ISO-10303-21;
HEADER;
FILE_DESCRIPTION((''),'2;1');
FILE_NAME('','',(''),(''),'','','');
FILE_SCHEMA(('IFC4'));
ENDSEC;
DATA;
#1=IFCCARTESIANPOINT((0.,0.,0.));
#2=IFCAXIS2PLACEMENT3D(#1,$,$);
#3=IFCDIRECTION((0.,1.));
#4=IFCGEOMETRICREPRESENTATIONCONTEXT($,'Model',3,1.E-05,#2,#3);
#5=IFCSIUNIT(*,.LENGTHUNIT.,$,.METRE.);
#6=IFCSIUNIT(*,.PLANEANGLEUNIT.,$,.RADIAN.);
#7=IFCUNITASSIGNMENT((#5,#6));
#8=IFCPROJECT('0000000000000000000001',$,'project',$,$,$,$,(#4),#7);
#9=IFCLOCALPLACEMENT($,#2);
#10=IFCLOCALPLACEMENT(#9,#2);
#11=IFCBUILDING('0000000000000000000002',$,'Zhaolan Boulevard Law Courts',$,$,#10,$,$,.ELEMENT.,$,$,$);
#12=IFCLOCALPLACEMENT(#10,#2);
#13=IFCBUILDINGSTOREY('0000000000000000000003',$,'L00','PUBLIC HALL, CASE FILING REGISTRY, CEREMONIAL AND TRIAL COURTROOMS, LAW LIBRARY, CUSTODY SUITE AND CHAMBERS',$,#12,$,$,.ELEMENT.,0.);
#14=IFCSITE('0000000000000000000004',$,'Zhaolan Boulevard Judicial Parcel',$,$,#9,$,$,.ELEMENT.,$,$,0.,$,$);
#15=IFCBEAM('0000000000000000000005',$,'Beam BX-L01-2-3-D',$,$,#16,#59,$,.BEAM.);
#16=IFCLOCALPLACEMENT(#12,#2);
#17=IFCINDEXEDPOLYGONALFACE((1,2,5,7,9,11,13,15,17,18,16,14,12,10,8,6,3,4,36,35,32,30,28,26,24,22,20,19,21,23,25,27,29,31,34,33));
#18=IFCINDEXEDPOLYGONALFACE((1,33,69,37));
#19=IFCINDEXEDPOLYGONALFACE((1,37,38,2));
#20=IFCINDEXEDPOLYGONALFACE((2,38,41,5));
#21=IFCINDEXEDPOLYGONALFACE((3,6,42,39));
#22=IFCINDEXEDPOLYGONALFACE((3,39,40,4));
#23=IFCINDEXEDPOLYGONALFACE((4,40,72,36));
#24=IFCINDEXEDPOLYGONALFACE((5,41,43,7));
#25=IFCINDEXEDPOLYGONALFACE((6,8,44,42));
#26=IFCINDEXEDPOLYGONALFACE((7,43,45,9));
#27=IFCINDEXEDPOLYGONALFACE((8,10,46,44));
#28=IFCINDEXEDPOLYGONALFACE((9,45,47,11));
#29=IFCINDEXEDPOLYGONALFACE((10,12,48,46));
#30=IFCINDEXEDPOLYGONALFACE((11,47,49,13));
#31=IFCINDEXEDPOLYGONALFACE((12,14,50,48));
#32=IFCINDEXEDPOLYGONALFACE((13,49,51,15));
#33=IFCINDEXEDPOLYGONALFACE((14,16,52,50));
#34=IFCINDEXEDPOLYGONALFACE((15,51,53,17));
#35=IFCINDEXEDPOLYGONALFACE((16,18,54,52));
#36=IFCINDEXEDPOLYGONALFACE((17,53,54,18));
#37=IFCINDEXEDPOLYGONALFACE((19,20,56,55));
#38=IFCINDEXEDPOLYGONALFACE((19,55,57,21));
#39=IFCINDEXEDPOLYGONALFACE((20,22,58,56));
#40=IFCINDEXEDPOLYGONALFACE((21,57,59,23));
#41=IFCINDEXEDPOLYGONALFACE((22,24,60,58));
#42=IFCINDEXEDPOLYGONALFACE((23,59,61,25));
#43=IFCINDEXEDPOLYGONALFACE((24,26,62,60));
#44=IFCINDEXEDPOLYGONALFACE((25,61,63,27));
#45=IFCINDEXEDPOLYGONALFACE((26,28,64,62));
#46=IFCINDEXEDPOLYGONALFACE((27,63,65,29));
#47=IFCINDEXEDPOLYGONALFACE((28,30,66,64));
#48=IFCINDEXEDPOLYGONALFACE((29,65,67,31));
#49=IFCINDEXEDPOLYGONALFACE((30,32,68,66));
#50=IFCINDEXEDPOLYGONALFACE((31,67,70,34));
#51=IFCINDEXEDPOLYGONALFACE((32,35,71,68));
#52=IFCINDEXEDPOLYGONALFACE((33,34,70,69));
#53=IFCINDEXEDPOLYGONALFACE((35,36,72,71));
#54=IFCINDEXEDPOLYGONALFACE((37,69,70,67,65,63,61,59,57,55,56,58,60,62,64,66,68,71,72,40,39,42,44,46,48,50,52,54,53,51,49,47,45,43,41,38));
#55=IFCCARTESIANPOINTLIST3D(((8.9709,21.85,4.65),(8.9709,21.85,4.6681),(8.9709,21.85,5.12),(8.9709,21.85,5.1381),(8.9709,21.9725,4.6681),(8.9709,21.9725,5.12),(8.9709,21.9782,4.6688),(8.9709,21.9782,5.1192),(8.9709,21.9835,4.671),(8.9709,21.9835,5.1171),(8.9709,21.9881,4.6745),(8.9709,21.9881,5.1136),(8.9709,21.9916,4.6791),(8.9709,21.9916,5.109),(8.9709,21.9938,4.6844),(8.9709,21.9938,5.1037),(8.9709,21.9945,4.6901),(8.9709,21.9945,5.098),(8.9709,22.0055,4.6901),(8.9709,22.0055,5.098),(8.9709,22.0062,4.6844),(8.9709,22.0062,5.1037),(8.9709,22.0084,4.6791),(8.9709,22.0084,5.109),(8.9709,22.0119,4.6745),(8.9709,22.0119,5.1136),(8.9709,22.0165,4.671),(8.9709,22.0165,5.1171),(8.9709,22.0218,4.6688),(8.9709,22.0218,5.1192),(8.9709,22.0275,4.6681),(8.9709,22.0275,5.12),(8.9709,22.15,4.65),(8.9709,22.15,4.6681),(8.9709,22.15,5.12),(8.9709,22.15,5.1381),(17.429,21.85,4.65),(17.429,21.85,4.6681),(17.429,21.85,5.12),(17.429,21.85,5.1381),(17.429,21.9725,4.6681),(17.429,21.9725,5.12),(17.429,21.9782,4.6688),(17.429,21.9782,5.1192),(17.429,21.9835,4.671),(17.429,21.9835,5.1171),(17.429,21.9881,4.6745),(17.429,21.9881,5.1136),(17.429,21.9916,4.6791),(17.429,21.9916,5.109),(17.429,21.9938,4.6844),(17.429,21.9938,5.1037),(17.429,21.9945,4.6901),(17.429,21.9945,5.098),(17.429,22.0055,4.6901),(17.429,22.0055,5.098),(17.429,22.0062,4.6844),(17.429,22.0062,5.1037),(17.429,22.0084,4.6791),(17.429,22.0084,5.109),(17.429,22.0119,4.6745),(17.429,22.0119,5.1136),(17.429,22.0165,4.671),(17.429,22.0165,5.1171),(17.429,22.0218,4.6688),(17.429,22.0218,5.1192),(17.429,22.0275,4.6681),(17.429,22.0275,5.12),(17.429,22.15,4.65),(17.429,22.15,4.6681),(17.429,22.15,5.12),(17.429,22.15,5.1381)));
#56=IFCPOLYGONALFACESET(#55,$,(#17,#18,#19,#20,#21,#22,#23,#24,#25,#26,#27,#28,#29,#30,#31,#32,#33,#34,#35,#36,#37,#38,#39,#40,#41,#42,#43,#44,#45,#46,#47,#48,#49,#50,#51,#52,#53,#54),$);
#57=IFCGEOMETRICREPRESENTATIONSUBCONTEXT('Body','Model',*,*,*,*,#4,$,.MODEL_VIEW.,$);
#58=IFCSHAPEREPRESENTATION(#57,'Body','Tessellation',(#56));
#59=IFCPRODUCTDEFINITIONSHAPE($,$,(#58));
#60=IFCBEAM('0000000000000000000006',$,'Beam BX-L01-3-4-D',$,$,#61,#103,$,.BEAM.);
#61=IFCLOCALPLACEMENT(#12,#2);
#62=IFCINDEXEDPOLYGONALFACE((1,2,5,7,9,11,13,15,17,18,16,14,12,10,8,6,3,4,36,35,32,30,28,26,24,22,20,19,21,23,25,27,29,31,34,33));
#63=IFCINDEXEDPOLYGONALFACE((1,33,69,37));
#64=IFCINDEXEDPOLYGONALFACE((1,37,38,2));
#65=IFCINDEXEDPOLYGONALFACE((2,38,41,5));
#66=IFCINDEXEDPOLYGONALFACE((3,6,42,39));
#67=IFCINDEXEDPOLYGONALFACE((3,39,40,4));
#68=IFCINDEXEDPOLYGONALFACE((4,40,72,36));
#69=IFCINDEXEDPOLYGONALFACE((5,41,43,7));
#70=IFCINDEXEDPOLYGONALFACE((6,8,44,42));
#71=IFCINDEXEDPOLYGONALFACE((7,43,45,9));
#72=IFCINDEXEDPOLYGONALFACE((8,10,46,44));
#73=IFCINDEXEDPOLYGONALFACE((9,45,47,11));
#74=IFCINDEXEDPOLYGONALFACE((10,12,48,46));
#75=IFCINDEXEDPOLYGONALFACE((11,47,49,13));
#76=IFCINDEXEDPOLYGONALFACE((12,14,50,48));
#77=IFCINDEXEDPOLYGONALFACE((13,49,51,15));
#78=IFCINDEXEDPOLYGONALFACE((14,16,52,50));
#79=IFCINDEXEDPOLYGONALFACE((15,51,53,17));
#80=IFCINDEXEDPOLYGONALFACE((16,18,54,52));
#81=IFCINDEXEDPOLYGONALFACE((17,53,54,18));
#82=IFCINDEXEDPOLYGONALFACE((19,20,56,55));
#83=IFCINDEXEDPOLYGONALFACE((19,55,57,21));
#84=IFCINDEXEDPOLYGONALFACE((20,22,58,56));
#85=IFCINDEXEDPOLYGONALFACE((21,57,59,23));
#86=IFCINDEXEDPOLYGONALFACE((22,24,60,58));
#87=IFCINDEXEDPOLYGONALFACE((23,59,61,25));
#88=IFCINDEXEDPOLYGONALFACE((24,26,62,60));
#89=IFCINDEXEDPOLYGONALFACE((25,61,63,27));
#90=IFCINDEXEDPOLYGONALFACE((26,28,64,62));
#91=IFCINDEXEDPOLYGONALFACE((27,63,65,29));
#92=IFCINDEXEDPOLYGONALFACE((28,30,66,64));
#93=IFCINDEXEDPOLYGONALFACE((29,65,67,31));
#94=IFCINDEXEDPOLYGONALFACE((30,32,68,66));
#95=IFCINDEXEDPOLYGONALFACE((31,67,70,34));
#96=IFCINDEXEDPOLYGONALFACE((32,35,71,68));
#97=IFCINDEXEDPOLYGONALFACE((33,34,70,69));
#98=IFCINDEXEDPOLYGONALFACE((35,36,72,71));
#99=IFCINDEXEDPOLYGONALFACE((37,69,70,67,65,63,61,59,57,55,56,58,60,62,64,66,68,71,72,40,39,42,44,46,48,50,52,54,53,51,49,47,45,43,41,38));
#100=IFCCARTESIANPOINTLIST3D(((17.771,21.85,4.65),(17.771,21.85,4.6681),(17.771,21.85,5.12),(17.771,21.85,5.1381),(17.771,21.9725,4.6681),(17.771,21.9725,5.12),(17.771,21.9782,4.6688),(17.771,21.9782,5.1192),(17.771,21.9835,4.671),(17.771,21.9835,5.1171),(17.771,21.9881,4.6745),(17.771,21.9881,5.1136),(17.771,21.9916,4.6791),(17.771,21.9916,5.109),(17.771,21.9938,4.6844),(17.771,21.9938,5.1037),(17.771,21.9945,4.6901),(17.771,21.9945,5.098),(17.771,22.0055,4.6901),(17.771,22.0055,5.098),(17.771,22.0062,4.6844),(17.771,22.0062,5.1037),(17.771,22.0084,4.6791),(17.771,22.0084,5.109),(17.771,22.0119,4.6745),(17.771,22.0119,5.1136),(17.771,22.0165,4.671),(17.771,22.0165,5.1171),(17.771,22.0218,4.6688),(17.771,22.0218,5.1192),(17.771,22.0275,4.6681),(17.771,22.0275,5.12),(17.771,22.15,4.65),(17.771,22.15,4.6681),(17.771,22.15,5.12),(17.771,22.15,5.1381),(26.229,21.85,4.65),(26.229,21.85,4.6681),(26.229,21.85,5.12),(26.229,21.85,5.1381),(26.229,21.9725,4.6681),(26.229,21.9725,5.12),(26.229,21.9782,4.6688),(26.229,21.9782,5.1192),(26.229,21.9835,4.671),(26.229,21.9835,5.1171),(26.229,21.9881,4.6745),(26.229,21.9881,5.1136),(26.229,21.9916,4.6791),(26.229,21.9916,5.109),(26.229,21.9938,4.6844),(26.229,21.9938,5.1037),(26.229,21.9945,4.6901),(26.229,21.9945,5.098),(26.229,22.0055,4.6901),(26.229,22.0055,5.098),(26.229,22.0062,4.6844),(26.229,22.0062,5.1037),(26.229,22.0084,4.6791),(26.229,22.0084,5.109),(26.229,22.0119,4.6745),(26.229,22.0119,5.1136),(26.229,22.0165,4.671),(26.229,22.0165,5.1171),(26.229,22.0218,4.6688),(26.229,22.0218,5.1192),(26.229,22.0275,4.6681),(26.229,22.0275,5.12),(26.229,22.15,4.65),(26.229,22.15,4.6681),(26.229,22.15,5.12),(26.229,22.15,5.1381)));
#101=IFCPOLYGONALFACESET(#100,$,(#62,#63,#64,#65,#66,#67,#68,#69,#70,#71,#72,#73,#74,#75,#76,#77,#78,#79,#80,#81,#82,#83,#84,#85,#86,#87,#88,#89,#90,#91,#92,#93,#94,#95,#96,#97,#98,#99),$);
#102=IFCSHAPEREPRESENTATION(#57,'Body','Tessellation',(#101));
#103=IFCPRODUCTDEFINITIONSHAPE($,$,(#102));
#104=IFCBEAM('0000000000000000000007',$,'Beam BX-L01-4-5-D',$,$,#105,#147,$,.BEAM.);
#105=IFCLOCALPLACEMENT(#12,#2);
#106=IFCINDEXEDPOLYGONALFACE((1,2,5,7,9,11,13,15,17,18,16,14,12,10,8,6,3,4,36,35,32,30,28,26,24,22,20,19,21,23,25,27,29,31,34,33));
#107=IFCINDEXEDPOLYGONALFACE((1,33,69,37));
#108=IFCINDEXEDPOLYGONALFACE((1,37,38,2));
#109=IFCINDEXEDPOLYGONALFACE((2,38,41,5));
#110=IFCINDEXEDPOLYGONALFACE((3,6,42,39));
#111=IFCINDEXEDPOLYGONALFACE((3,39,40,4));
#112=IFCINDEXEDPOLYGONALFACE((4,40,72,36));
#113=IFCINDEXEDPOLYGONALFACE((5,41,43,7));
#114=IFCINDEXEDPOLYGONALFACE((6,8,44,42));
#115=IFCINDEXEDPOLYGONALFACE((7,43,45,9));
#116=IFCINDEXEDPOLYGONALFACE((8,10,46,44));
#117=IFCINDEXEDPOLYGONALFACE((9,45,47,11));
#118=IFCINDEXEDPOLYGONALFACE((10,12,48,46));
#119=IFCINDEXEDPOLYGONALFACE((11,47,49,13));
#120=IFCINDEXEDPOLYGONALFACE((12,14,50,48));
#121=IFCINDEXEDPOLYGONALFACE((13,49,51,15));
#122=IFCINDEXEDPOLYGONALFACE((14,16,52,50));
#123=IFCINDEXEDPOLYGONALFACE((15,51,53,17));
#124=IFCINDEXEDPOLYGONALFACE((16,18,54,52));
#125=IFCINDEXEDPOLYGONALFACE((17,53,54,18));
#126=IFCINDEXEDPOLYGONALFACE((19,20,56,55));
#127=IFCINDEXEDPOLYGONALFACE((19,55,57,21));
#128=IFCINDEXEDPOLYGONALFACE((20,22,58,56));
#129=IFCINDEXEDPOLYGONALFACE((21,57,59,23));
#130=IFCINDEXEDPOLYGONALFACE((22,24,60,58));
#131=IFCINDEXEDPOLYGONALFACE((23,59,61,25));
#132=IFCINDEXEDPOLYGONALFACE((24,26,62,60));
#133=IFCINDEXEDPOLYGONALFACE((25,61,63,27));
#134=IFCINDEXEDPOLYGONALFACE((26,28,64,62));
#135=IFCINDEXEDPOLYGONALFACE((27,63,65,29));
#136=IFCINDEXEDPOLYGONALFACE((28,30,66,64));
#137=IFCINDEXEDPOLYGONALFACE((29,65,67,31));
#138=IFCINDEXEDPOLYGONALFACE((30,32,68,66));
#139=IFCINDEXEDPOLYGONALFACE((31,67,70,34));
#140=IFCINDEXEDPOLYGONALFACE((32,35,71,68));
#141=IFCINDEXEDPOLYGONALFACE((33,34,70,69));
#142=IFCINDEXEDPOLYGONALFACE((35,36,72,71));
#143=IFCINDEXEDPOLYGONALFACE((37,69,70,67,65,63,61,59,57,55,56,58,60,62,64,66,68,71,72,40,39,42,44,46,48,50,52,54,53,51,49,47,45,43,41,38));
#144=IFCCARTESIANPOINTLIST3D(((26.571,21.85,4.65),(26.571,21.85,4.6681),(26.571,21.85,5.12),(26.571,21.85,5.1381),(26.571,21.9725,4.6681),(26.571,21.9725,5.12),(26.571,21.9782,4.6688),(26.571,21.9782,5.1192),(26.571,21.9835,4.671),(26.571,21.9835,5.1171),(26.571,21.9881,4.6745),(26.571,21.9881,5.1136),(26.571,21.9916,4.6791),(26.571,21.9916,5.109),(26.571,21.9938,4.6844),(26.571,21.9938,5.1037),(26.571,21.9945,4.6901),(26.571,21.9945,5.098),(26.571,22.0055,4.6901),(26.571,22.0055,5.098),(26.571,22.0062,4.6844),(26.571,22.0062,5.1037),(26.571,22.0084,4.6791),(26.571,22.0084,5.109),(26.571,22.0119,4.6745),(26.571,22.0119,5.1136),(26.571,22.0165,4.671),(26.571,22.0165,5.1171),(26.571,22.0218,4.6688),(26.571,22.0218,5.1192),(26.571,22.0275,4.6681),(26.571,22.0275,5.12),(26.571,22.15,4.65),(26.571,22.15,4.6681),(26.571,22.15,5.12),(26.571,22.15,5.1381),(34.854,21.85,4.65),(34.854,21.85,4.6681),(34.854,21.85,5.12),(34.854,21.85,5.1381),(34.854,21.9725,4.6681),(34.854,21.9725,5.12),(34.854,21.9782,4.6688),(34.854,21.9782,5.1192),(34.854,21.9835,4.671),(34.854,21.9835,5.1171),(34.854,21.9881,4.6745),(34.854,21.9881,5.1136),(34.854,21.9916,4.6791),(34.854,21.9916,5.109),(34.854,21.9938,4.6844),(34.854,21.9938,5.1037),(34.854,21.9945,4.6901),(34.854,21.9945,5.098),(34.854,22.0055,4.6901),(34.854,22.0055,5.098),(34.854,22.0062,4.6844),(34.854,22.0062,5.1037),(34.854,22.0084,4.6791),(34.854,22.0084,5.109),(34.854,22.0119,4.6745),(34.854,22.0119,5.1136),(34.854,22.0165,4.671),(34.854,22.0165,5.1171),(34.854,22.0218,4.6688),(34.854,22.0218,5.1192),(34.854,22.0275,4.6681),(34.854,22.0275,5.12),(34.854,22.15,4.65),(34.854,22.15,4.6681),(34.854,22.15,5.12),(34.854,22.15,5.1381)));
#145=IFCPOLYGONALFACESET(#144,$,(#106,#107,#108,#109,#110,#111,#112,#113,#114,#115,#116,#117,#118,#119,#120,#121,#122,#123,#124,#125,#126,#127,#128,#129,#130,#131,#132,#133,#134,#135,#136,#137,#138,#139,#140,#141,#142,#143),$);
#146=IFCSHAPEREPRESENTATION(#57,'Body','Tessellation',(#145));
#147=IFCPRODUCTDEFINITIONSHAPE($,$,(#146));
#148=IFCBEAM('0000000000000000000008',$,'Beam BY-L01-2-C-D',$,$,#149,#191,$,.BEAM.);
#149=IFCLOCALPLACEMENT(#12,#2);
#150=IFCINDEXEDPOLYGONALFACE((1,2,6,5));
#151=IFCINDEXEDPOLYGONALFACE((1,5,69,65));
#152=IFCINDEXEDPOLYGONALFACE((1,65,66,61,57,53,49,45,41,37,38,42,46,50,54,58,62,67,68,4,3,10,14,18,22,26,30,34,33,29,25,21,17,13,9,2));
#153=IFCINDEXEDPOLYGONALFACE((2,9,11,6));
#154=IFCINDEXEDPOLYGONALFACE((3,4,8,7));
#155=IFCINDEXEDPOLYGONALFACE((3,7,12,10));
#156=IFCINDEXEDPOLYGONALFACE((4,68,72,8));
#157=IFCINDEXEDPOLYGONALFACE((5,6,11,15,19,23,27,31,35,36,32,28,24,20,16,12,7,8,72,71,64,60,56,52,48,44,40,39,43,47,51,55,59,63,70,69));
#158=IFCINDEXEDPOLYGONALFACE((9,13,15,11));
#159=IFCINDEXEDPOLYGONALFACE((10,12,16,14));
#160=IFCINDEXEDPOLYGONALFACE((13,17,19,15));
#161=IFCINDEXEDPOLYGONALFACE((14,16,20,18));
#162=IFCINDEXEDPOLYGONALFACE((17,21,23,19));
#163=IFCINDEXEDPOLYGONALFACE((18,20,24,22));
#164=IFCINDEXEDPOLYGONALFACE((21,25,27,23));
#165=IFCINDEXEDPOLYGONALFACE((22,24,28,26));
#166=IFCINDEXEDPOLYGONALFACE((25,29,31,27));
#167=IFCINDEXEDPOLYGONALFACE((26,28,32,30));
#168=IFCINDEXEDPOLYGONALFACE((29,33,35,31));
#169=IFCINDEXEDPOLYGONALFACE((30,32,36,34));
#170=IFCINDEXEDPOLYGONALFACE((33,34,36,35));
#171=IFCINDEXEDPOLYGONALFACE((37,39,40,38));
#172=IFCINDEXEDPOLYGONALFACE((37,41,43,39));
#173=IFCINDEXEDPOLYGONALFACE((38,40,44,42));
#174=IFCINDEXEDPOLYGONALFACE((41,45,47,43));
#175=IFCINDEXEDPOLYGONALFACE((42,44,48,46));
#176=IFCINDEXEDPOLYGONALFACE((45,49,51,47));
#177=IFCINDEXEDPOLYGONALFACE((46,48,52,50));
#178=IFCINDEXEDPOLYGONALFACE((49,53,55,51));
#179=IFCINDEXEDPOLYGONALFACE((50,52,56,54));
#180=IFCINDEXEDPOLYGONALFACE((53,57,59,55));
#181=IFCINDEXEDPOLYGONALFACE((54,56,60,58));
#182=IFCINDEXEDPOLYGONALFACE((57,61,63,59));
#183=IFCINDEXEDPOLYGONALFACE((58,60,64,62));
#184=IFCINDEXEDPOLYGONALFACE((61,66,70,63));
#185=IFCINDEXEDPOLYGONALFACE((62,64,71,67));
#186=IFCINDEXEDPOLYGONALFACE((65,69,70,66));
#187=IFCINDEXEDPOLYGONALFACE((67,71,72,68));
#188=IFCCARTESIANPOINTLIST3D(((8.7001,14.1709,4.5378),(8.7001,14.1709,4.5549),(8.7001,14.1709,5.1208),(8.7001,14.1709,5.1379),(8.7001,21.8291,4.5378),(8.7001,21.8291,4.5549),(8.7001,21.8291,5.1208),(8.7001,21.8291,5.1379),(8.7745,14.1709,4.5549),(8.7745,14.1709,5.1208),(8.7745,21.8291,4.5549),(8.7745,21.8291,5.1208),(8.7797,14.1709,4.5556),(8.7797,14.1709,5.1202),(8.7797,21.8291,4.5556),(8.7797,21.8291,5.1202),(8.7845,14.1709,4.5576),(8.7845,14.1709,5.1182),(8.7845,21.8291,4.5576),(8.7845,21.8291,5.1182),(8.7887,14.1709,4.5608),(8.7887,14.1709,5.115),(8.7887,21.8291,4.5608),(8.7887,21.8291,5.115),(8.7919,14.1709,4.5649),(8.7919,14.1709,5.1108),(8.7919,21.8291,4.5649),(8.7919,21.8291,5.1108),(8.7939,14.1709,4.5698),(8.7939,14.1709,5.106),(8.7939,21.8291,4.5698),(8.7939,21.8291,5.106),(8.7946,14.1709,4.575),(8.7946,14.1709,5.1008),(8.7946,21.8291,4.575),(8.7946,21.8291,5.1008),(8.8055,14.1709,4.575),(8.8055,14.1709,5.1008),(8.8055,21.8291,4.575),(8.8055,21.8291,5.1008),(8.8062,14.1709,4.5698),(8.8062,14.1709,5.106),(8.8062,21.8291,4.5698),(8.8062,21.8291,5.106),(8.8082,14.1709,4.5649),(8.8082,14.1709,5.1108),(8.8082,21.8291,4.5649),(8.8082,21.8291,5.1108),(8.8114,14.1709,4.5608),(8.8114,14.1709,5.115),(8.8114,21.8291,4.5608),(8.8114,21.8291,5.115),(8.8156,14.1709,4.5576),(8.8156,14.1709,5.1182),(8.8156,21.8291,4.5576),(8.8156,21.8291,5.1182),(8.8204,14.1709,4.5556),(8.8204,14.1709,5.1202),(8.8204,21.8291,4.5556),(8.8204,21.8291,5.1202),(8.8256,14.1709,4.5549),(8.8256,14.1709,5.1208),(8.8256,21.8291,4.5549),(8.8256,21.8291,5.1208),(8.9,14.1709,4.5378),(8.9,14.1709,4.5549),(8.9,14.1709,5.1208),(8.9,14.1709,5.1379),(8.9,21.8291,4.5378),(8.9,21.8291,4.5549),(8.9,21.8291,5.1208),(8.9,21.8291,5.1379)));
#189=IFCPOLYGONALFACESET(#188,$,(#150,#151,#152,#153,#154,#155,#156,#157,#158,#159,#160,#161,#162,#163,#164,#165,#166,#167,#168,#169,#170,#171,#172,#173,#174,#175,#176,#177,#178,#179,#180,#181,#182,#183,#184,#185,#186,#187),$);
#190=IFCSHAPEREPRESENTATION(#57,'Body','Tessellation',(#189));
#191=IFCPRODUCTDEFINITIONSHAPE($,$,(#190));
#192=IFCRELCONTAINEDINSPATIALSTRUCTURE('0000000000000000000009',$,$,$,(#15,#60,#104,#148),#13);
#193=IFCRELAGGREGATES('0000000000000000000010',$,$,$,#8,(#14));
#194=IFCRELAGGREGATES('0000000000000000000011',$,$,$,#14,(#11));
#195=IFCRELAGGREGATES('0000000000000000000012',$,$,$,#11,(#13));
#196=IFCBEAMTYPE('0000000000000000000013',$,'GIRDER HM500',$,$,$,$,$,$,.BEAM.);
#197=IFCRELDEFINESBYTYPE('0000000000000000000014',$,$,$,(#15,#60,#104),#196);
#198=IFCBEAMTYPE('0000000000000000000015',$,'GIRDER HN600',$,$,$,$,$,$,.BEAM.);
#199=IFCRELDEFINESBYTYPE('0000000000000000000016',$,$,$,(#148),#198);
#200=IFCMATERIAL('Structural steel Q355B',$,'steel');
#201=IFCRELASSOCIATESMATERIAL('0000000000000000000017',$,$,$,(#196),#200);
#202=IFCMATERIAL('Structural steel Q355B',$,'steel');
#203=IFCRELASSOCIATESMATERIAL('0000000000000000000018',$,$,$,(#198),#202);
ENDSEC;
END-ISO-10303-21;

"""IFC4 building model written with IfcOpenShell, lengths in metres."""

from ifc_helpers import new_model, si_unit, direction, frame, origin, origin_2d, place, context, subcontext, project, spatial, i_section, extrude, material, material_profile, profile_set, type_object, element, save


model = new_model("IFC4")

# Units and contexts
model_context = context("Model", 3, precision=1e-05, world=origin(), true_north=direction((0.0, 1.0)))
body_context = subcontext(model_context, "Body", "Model", "MODEL_VIEW")
ifc_project = project(units=[si_unit("LENGTHUNIT", "METRE"), si_unit("PLANEANGLEUNIT", "RADIAN")], contexts=[model_context])

# Site, building, storey
site_placement = place(None, origin())
site = spatial("IfcSite", under=ifc_project, at=site_placement, Name="Zhaolan Boulevard Judicial Parcel", CompositionType="ELEMENT", RefElevation=0.0)
building_placement = place(site_placement, origin())
building = spatial("IfcBuilding", under=site, at=building_placement, Name="Zhaolan Boulevard Law Courts", CompositionType="ELEMENT")
storey_placement = place(building_placement, origin())
storey = spatial("IfcBuildingStorey", under=building, at=storey_placement, Name="L00", Description="PUBLIC HALL, CASE FILING REGISTRY, CEREMONIAL AND TRIAL COURTROOMS, LAW LIBRARY, CUSTODY SUITE AND CHAMBERS", CompositionType="ELEMENT", Elevation=0.0)

# Beams
ifc_material_1 = material(Name="Structural steel Q355B", Category="steel")
ifc_material_profile_1 = material_profile(ifc_material_1, i_section(OverallWidth=0.3, OverallDepth=0.488, WebThickness=0.011, FlangeThickness=0.0181, FilletRadius=0.022, at=origin_2d()), Name="HM488x300")
ifc_profile_set_1 = profile_set([ifc_material_profile_1], Name="Structural steel Q355B")
beam_type_1 = type_object("IfcBeamType", Name="GIRDER HM500", PredefinedType="BEAM", material=ifc_profile_set_1)
for number, where, z_axis, x_axis, name in (
    (1, (8.9709, 22.0, 4.894), (1.0, 0.0, 0.0), (0.0, 1.0, 0.0), "Beam BX-L01-2-3-D"),
    (2, (17.771, 22.0, 4.894), (1.0, 0.0, 0.0), (0.0, 1.0, 0.0), "Beam BX-L01-3-4-D"),
):
    element("IfcBeam", number, at=place(storey_placement, frame(where, z_axis=z_axis, x_axis=x_axis)), inside=storey, type_object=beam_type_1, Name=name, PredefinedType="BEAM", context=body_context, shape_type="SweptSolid", body=[
        extrude(i_section(OverallWidth=0.3, OverallDepth=0.488, WebThickness=0.011, FlangeThickness=0.0181, FilletRadius=0.022, at=origin_2d()), origin(), (0.0, 0.0, 1.0), 8.458),
    ])
beam_1_placement = place(storey_placement, frame((26.571, 22.0, 4.894), z_axis=(1.0, 0.0, 0.0), x_axis=(0.0, 1.0, 0.0)))
element("IfcBeam", 3, at=beam_1_placement, inside=storey, type_object=beam_type_1, Name="Beam BX-L01-4-5-D", PredefinedType="BEAM", context=body_context, shape_type="SweptSolid", body=[
    extrude(i_section(OverallWidth=0.3, OverallDepth=0.488, WebThickness=0.011, FlangeThickness=0.0181, FilletRadius=0.022, at=origin_2d()), origin(), (0.0, 0.0, 1.0), 8.283),
])
ifc_material_2 = material(Name="Structural steel Q355B", Category="steel")
ifc_material_profile_2 = material_profile(ifc_material_2, i_section(OverallWidth=0.2, OverallDepth=0.6001, WebThickness=0.011, FlangeThickness=0.0171, FilletRadius=0.02, at=origin_2d()), Name="HN600x200")
ifc_profile_set_2 = profile_set([ifc_material_profile_2], Name="Structural steel Q355B")
beam_type_2 = type_object("IfcBeamType", Name="GIRDER HN600", PredefinedType="BEAM", material=ifc_profile_set_2)
beam_2_placement = place(storey_placement, frame((8.8, 14.1709, 4.8379), z_axis=(0.0, 1.0, 0.0), x_axis=(-1.0, 0.0, 0.0)))
element("IfcBeam", 4, at=beam_2_placement, inside=storey, type_object=beam_type_2, Name="Beam BY-L01-2-C-D", PredefinedType="BEAM", context=body_context, shape_type="SweptSolid", body=[
    extrude(i_section(OverallWidth=0.2, OverallDepth=0.6001, WebThickness=0.011, FlangeThickness=0.0171, FilletRadius=0.02, at=origin_2d()), origin(), (0.0, 0.0, 1.0), 7.6582),
])

save(model, "model.ifc")
